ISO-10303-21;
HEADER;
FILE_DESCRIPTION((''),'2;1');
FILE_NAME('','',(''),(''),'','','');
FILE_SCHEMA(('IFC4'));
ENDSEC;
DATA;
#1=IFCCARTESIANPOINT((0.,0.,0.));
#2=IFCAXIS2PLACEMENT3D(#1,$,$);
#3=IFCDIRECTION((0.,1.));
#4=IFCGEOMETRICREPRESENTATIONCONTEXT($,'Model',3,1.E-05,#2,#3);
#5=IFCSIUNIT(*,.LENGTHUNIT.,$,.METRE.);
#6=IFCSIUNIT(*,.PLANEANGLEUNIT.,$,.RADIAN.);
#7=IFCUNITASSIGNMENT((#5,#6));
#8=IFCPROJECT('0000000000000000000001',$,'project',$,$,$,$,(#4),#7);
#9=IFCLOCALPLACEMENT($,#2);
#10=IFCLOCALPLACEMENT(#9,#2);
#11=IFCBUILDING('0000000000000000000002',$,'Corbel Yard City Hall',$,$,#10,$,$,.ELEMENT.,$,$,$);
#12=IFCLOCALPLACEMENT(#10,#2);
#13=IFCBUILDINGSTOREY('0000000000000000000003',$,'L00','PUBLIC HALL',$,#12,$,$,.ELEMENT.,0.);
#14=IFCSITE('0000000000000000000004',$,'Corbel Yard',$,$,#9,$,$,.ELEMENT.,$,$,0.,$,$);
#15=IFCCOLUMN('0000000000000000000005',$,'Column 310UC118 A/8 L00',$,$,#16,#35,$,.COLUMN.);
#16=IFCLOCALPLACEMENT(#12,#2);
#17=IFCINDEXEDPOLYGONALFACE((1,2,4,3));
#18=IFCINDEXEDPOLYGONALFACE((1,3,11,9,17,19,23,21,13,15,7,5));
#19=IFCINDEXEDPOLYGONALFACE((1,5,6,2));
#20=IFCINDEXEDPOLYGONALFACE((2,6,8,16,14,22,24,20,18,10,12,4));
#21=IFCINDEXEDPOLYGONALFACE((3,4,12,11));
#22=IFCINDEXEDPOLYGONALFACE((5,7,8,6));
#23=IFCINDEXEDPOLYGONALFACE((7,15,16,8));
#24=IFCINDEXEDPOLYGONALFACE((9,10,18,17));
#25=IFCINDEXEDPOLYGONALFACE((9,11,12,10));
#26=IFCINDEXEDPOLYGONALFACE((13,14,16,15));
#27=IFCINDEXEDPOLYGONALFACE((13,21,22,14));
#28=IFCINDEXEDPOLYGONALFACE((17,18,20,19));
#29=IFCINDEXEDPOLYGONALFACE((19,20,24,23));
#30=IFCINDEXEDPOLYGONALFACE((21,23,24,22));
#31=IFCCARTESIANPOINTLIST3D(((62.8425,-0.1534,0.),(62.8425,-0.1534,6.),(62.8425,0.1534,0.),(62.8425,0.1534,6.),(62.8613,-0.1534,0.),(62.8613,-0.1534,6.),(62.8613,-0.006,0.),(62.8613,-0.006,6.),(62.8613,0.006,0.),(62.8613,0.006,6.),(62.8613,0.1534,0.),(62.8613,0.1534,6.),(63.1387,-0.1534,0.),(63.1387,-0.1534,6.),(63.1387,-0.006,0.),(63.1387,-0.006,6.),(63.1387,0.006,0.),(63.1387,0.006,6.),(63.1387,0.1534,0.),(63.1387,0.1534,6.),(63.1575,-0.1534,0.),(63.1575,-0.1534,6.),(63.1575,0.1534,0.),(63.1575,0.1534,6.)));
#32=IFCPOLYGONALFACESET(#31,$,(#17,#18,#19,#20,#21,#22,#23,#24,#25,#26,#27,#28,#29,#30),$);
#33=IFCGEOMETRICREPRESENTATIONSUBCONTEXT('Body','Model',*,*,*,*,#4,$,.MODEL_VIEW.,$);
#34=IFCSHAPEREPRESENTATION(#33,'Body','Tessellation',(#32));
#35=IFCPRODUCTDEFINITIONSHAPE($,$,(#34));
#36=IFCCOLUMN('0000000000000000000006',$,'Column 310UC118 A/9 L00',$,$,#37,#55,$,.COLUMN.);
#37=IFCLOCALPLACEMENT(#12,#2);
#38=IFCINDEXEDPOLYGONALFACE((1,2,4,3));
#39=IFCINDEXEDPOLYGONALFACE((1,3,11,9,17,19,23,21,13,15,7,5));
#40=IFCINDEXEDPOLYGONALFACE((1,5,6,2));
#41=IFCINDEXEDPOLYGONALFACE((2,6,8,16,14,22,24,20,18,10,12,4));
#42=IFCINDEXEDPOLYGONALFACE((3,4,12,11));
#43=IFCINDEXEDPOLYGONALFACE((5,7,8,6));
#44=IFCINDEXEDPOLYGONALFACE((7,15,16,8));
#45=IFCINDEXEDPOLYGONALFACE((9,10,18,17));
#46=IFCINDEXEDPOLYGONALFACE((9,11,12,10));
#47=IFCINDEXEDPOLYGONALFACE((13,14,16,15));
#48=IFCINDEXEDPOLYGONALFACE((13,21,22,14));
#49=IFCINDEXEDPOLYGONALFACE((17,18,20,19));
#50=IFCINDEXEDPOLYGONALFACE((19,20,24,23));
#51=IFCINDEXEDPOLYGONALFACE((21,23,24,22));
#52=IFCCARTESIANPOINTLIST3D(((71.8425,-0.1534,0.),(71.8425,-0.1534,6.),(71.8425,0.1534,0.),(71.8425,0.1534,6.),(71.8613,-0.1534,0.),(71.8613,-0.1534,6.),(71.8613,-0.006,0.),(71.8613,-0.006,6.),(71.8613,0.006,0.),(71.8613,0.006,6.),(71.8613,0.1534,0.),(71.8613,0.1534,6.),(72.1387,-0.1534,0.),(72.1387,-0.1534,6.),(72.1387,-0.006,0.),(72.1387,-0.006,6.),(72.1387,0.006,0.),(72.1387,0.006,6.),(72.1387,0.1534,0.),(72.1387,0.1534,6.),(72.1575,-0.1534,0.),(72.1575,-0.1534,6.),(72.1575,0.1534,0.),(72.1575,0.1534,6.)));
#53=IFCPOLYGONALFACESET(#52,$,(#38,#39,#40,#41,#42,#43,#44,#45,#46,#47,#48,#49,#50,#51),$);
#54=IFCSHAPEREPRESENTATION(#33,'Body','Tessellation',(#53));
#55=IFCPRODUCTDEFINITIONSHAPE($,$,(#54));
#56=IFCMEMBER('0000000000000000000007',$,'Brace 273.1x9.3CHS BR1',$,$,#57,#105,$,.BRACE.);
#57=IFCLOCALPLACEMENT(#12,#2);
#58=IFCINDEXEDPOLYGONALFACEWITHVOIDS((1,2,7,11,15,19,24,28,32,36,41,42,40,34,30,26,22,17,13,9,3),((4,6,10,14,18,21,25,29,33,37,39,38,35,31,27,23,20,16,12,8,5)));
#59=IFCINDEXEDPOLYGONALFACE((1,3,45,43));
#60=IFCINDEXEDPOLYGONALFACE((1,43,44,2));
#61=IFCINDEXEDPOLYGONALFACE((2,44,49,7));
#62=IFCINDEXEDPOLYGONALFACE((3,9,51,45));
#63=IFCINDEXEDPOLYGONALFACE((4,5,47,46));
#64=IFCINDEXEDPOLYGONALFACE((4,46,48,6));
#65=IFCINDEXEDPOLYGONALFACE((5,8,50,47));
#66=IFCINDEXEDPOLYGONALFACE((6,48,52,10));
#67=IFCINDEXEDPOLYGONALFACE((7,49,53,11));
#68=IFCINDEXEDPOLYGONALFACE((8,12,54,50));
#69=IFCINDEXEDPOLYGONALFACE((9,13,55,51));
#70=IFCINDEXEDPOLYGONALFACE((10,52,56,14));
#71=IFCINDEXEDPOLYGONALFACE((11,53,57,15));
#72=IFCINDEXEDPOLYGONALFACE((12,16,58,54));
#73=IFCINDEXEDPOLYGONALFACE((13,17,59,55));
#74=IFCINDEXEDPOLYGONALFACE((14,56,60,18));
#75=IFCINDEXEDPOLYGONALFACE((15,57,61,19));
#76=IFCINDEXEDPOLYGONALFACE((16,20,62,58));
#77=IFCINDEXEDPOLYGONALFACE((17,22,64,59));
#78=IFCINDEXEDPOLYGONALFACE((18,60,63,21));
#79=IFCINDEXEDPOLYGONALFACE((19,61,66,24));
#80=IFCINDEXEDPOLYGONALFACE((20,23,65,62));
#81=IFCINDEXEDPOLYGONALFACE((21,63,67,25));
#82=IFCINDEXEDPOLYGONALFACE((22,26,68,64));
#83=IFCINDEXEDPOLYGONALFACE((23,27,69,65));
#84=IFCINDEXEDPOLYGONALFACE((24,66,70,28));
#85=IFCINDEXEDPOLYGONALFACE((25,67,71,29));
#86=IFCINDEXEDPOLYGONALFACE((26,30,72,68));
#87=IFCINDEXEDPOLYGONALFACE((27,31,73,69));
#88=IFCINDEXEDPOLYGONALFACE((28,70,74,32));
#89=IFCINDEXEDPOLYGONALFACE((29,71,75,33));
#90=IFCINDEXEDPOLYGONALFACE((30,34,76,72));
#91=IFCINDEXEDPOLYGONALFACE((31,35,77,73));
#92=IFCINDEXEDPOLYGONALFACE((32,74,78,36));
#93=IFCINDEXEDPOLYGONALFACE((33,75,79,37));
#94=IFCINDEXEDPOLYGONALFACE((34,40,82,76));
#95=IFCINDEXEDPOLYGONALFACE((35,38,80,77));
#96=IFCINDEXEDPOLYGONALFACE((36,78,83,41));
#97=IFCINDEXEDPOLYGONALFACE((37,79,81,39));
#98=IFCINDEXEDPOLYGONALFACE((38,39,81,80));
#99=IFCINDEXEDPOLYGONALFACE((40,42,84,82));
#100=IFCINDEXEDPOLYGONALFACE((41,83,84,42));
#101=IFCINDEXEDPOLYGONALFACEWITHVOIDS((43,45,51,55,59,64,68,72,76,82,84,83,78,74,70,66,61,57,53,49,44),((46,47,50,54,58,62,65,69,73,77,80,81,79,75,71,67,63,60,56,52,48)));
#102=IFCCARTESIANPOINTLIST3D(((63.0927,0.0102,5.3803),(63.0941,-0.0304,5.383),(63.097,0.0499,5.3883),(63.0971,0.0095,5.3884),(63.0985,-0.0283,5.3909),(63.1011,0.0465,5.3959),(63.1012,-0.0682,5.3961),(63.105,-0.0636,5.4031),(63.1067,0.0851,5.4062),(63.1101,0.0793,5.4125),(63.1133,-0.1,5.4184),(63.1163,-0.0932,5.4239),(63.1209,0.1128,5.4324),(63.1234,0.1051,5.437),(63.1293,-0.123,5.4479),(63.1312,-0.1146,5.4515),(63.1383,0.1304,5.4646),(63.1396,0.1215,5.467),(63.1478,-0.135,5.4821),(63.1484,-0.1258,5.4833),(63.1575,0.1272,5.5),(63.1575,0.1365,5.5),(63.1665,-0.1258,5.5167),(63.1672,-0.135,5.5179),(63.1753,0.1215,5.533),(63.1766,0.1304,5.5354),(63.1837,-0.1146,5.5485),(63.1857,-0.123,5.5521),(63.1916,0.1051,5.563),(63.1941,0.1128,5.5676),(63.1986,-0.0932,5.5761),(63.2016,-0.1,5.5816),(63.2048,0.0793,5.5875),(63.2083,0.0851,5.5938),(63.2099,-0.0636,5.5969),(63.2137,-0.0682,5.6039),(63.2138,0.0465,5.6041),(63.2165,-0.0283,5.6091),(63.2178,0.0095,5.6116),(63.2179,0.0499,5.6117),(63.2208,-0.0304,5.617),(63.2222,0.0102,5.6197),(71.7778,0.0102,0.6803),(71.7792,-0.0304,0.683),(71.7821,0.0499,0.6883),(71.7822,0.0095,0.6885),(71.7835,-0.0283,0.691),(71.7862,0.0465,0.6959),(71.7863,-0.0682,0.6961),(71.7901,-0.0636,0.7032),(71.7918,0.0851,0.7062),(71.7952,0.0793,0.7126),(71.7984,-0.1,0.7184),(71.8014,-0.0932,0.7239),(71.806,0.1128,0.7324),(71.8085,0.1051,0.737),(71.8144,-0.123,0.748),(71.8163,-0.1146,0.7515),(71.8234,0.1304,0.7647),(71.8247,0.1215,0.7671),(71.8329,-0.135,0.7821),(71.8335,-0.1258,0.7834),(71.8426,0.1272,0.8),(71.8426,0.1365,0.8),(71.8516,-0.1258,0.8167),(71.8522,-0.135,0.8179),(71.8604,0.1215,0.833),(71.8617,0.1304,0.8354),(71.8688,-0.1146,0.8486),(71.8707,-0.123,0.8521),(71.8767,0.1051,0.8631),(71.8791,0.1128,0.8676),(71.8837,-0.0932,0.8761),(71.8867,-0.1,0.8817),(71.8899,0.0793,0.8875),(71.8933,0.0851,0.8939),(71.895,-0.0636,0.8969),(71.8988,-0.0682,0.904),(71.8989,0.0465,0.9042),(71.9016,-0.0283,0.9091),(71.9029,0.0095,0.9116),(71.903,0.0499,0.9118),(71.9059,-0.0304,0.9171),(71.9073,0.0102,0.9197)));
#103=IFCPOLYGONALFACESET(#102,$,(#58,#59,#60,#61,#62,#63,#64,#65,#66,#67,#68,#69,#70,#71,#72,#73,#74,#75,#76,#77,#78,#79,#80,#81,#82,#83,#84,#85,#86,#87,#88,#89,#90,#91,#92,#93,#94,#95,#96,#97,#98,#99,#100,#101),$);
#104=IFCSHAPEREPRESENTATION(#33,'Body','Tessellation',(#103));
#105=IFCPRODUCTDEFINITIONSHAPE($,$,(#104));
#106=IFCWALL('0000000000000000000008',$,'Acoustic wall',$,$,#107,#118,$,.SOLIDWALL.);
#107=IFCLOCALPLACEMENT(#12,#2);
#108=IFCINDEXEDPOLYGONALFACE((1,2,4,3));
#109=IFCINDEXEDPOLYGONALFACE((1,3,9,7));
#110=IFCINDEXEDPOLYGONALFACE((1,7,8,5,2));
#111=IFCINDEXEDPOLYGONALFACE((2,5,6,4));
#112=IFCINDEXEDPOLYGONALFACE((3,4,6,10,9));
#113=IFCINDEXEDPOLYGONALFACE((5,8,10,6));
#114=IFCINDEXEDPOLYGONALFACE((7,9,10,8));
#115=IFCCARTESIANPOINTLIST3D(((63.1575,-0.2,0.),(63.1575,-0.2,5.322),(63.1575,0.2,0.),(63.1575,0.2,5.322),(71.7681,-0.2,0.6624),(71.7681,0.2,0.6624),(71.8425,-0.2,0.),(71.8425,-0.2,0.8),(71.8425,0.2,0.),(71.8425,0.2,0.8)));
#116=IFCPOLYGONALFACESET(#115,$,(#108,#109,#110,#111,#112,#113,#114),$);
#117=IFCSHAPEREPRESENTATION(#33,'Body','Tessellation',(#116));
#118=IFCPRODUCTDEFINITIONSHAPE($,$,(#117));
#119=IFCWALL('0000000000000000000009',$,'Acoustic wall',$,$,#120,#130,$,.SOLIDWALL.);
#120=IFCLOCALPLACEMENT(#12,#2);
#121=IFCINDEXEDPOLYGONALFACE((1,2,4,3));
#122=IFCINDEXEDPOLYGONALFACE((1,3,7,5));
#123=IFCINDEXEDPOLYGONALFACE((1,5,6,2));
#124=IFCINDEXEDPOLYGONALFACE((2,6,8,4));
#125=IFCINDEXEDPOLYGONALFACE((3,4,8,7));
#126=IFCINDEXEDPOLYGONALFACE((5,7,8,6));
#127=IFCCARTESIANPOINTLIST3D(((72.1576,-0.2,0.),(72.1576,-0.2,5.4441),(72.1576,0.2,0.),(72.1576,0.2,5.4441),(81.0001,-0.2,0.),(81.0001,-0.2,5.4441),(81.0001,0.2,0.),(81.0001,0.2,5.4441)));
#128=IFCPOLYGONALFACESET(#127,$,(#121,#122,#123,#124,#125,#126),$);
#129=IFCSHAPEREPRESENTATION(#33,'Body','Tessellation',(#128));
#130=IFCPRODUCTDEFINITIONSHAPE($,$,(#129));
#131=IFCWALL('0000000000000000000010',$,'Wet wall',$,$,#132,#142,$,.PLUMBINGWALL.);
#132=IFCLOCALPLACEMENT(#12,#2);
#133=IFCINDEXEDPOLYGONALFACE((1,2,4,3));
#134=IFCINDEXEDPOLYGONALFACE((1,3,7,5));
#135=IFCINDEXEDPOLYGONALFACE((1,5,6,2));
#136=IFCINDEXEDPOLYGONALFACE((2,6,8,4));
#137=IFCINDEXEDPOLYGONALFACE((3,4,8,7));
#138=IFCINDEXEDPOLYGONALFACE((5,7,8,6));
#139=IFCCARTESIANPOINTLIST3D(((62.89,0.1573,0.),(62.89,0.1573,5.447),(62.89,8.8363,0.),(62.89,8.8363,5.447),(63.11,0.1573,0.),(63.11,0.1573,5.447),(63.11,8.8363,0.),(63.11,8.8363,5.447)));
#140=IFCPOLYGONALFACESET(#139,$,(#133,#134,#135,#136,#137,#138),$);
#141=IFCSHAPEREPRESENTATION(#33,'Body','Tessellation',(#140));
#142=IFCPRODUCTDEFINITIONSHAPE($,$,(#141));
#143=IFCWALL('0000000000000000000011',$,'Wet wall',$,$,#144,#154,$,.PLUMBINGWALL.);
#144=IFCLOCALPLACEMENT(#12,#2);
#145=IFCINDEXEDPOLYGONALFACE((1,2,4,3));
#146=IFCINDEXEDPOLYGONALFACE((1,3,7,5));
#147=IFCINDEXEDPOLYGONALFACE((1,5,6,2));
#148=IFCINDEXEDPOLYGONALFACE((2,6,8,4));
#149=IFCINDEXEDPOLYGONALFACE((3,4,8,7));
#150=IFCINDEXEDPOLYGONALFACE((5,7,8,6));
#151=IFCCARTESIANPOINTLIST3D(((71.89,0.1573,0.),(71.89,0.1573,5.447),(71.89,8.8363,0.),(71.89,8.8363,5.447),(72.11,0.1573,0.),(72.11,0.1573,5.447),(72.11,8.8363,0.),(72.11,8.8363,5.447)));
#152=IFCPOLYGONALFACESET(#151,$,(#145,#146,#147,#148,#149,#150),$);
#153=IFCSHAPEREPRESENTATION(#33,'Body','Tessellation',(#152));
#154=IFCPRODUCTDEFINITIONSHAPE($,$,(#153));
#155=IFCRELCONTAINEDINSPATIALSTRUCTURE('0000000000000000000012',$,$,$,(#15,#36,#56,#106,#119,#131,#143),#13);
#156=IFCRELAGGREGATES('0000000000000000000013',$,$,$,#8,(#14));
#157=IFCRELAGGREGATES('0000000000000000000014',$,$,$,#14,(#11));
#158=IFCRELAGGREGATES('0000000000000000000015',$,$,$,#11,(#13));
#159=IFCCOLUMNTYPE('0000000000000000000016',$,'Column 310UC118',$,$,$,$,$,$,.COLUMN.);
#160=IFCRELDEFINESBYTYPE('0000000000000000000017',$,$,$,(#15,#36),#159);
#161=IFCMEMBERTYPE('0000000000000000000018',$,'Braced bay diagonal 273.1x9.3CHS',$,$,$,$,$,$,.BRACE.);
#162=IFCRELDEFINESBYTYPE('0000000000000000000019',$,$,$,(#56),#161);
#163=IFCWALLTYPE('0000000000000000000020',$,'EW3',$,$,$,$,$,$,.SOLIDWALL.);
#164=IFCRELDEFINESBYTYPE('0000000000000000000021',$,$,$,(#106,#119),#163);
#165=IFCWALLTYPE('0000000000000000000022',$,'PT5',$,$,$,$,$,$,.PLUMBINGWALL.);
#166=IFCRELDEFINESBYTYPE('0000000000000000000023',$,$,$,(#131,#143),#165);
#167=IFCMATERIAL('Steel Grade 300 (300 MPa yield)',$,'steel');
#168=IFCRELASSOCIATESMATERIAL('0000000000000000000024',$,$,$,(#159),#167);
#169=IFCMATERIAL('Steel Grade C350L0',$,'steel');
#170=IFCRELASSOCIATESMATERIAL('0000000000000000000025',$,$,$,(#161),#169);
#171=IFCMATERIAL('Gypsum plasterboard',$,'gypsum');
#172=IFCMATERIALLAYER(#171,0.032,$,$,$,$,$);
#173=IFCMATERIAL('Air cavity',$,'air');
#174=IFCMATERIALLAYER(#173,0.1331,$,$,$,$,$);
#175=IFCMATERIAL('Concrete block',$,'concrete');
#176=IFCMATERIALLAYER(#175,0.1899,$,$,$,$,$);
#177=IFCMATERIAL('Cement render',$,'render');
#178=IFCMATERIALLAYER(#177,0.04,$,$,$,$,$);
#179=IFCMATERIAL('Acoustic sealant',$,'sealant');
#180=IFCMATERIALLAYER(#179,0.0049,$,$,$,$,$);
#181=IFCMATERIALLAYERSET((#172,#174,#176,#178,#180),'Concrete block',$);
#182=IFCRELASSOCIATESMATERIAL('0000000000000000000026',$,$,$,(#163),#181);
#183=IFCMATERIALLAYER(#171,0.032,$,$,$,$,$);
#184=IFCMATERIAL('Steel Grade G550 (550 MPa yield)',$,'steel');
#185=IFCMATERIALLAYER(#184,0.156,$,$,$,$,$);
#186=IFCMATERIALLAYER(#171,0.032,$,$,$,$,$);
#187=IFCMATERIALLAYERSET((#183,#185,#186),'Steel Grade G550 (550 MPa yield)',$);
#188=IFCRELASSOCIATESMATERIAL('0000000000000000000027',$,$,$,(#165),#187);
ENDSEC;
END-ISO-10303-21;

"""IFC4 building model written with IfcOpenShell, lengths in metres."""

from ifc_helpers import new_model, si_unit, direction, frame, frame_2d, origin, origin_2d, place, context, subcontext, project, spatial, polyline, rectangle, hollow_circle, i_section, outline, extrude, material, layer, layer_set, material_profile, profile_set, type_object, element, save


model = new_model("IFC4")

# Units and contexts
model_context = context("Model", 3, precision=1e-05, world=origin(), true_north=direction((0.0, 1.0)))
body_context = subcontext(model_context, "Body", "Model", "MODEL_VIEW")
ifc_project = project(units=[si_unit("LENGTHUNIT", "METRE"), si_unit("PLANEANGLEUNIT", "RADIAN")], contexts=[model_context])

# Site, building, storey
site_placement = place(None, origin())
site = spatial("IfcSite", under=ifc_project, at=site_placement, Name="Corbel Yard", CompositionType="ELEMENT", RefElevation=0.0)
building_placement = place(site_placement, origin())
building = spatial("IfcBuilding", under=site, at=building_placement, Name="Corbel Yard City Hall", CompositionType="ELEMENT")
storey_placement = place(building_placement, origin())
storey = spatial("IfcBuildingStorey", under=building, at=storey_placement, Name="L00", Description="PUBLIC HALL", CompositionType="ELEMENT", Elevation=0.0)

# Columns
ifc_material_1 = material(Name="Steel Grade 300 (300 MPa yield)", Category="steel")
ifc_material_profile_1 = material_profile(ifc_material_1, i_section(OverallWidth=0.3069, OverallDepth=0.3149, WebThickness=0.012, FlangeThickness=0.0188, at=origin_2d()), Name="310UC118")
ifc_profile_set_1 = profile_set([ifc_material_profile_1], Name="Steel Grade 300 (300 MPa yield)")
column_type = type_object("IfcColumnType", Name="Column 310UC118", PredefinedType="COLUMN", material=ifc_profile_set_1)
for number, where, z_axis, x_axis, name in (
    (1, (63.0, 0.0, 0.0), (0.0, 0.0, 1.0), (0.0, 1.0, 0.0), "Column 310UC118 A/8 L00"),
    (2, (72.0, 0.0, 0.0), (0.0, 0.0, 1.0), (0.0, 1.0, 0.0), "Column 310UC118 A/9 L00"),
):
    element("IfcColumn", number, at=place(storey_placement, frame(where, z_axis=z_axis, x_axis=x_axis)), inside=storey, type_object=column_type, Name=name, PredefinedType="COLUMN", context=body_context, shape_type="SweptSolid", body=[
        extrude(i_section(OverallWidth=0.3069, OverallDepth=0.3149, WebThickness=0.012, FlangeThickness=0.0188, at=origin_2d()), origin(), (0.0, 0.0, 1.0), 6.0),
    ])

# Member
ifc_material_2 = material(Name="Steel Grade C350L0", Category="steel")
ifc_material_profile_2 = material_profile(ifc_material_2, hollow_circle(Radius=0.1365, WallThickness=0.0093, at=origin_2d()), Name="273.1x9.3CHS")
ifc_profile_set_2 = profile_set([ifc_material_profile_2], Name="Steel Grade C350L0")
member_type = type_object("IfcMemberType", Name="Braced bay diagonal 273.1x9.3CHS", PredefinedType="BRACE", material=ifc_profile_set_2)
member_placement = place(storey_placement, frame((63.1575, 0.0, 5.5), z_axis=(0.879481, 0.0, -0.475934), x_axis=(0.0, 1.0, 0.0)))
element("IfcMember", 3, at=member_placement, inside=storey, type_object=member_type, Name="Brace 273.1x9.3CHS BR1", PredefinedType="BRACE", context=body_context, shape_type="SweptSolid", body=[
    extrude(hollow_circle(Radius=0.1365, WallThickness=0.0093, at=origin_2d()), origin(), (0.0, 0.0, 1.0), 9.8752),
])

# Walls
ifc_material_3 = material(Name="Gypsum plasterboard", Category="gypsum")
ifc_layer_1 = layer(ifc_material_3, 0.032)
ifc_material_4 = material(Name="Air cavity", Category="air")
ifc_layer_2 = layer(ifc_material_4, 0.1331)
ifc_material_5 = material(Name="Concrete block", Category="concrete")
ifc_layer_3 = layer(ifc_material_5, 0.1899)
ifc_material_6 = material(Name="Cement render", Category="render")
ifc_layer_4 = layer(ifc_material_6, 0.04)
ifc_material_7 = material(Name="Acoustic sealant", Category="sealant")
ifc_layer_5 = layer(ifc_material_7, 0.0049)
ifc_layer_set_1 = layer_set([ifc_layer_1, ifc_layer_2, ifc_layer_3, ifc_layer_4, ifc_layer_5], Name="Concrete block")
wall_type_1 = type_object("IfcWallType", Name="EW3", PredefinedType="SOLIDWALL", material=ifc_layer_set_1)
wall_1_placement = place(storey_placement, frame((63.1575, 0.0, 0.0), z_axis=(0.0, 0.0, 1.0), x_axis=(1.0, 0.0, 0.0)))
element("IfcWall", 4, at=wall_1_placement, inside=storey, type_object=wall_type_1, Name="Acoustic wall", PredefinedType="SOLIDWALL", context=body_context, shape_type="SweptSolid", body=[
    extrude(outline(polyline([(8.6851, 0.0), (0.0, 0.0), (0.0, 5.322), (8.6106, 0.6624), (8.6851, 0.8), (8.6851, 0.0)])), frame((0.0, 0.2, 0.0), z_axis=(0.0, -1.0, 0.0), x_axis=(1.0, 0.0, 0.0)), (0.0, 0.0, 1.0), 0.3999),
])
wall_2_placement = place(storey_placement, frame((72.1575, 0.0, 0.0), z_axis=(0.0, 0.0, 1.0), x_axis=(1.0, 0.0, 0.0)))
element("IfcWall", 5, at=wall_2_placement, inside=storey, type_object=wall_type_1, Name="Acoustic wall", PredefinedType="SOLIDWALL", context=body_context, shape_type="SweptSolid", body=[
    extrude(rectangle(XDim=8.8425, YDim=0.3999, at=frame_2d((4.4214, 0.0))), origin(), (0.0, 0.0, 1.0), 5.4441),
])
ifc_layer_6 = layer(ifc_material_3, 0.032)
ifc_material_8 = material(Name="Steel Grade G550 (550 MPa yield)", Category="steel")
ifc_layer_7 = layer(ifc_material_8, 0.156)
ifc_layer_8 = layer(ifc_material_3, 0.032)
ifc_layer_set_2 = layer_set([ifc_layer_6, ifc_layer_7, ifc_layer_8], Name="Steel Grade G550 (550 MPa yield)")
wall_type_2 = type_object("IfcWallType", Name="PT5", PredefinedType="PLUMBINGWALL", material=ifc_layer_set_2)
for number, where, z_axis, x_axis, name in (
    (6, (63.0, 0.1575, 0.0), (0.0, 0.0, 1.0), (0.0, 1.0, 0.0), "Wet wall"),
    (7, (72.0, 0.1575, 0.0), (0.0, 0.0, 1.0), (0.0, 1.0, 0.0), "Wet wall"),
):
    element("IfcWall", number, at=place(storey_placement, frame(where, z_axis=z_axis, x_axis=x_axis)), inside=storey, type_object=wall_type_2, Name=name, PredefinedType="PLUMBINGWALL", context=body_context, shape_type="SweptSolid", body=[
        extrude(rectangle(XDim=8.679, YDim=0.22, at=frame_2d((4.3394, 0.0))), origin(), (0.0, 0.0, 1.0), 5.447),
    ])

save(model, "model.ifc")
